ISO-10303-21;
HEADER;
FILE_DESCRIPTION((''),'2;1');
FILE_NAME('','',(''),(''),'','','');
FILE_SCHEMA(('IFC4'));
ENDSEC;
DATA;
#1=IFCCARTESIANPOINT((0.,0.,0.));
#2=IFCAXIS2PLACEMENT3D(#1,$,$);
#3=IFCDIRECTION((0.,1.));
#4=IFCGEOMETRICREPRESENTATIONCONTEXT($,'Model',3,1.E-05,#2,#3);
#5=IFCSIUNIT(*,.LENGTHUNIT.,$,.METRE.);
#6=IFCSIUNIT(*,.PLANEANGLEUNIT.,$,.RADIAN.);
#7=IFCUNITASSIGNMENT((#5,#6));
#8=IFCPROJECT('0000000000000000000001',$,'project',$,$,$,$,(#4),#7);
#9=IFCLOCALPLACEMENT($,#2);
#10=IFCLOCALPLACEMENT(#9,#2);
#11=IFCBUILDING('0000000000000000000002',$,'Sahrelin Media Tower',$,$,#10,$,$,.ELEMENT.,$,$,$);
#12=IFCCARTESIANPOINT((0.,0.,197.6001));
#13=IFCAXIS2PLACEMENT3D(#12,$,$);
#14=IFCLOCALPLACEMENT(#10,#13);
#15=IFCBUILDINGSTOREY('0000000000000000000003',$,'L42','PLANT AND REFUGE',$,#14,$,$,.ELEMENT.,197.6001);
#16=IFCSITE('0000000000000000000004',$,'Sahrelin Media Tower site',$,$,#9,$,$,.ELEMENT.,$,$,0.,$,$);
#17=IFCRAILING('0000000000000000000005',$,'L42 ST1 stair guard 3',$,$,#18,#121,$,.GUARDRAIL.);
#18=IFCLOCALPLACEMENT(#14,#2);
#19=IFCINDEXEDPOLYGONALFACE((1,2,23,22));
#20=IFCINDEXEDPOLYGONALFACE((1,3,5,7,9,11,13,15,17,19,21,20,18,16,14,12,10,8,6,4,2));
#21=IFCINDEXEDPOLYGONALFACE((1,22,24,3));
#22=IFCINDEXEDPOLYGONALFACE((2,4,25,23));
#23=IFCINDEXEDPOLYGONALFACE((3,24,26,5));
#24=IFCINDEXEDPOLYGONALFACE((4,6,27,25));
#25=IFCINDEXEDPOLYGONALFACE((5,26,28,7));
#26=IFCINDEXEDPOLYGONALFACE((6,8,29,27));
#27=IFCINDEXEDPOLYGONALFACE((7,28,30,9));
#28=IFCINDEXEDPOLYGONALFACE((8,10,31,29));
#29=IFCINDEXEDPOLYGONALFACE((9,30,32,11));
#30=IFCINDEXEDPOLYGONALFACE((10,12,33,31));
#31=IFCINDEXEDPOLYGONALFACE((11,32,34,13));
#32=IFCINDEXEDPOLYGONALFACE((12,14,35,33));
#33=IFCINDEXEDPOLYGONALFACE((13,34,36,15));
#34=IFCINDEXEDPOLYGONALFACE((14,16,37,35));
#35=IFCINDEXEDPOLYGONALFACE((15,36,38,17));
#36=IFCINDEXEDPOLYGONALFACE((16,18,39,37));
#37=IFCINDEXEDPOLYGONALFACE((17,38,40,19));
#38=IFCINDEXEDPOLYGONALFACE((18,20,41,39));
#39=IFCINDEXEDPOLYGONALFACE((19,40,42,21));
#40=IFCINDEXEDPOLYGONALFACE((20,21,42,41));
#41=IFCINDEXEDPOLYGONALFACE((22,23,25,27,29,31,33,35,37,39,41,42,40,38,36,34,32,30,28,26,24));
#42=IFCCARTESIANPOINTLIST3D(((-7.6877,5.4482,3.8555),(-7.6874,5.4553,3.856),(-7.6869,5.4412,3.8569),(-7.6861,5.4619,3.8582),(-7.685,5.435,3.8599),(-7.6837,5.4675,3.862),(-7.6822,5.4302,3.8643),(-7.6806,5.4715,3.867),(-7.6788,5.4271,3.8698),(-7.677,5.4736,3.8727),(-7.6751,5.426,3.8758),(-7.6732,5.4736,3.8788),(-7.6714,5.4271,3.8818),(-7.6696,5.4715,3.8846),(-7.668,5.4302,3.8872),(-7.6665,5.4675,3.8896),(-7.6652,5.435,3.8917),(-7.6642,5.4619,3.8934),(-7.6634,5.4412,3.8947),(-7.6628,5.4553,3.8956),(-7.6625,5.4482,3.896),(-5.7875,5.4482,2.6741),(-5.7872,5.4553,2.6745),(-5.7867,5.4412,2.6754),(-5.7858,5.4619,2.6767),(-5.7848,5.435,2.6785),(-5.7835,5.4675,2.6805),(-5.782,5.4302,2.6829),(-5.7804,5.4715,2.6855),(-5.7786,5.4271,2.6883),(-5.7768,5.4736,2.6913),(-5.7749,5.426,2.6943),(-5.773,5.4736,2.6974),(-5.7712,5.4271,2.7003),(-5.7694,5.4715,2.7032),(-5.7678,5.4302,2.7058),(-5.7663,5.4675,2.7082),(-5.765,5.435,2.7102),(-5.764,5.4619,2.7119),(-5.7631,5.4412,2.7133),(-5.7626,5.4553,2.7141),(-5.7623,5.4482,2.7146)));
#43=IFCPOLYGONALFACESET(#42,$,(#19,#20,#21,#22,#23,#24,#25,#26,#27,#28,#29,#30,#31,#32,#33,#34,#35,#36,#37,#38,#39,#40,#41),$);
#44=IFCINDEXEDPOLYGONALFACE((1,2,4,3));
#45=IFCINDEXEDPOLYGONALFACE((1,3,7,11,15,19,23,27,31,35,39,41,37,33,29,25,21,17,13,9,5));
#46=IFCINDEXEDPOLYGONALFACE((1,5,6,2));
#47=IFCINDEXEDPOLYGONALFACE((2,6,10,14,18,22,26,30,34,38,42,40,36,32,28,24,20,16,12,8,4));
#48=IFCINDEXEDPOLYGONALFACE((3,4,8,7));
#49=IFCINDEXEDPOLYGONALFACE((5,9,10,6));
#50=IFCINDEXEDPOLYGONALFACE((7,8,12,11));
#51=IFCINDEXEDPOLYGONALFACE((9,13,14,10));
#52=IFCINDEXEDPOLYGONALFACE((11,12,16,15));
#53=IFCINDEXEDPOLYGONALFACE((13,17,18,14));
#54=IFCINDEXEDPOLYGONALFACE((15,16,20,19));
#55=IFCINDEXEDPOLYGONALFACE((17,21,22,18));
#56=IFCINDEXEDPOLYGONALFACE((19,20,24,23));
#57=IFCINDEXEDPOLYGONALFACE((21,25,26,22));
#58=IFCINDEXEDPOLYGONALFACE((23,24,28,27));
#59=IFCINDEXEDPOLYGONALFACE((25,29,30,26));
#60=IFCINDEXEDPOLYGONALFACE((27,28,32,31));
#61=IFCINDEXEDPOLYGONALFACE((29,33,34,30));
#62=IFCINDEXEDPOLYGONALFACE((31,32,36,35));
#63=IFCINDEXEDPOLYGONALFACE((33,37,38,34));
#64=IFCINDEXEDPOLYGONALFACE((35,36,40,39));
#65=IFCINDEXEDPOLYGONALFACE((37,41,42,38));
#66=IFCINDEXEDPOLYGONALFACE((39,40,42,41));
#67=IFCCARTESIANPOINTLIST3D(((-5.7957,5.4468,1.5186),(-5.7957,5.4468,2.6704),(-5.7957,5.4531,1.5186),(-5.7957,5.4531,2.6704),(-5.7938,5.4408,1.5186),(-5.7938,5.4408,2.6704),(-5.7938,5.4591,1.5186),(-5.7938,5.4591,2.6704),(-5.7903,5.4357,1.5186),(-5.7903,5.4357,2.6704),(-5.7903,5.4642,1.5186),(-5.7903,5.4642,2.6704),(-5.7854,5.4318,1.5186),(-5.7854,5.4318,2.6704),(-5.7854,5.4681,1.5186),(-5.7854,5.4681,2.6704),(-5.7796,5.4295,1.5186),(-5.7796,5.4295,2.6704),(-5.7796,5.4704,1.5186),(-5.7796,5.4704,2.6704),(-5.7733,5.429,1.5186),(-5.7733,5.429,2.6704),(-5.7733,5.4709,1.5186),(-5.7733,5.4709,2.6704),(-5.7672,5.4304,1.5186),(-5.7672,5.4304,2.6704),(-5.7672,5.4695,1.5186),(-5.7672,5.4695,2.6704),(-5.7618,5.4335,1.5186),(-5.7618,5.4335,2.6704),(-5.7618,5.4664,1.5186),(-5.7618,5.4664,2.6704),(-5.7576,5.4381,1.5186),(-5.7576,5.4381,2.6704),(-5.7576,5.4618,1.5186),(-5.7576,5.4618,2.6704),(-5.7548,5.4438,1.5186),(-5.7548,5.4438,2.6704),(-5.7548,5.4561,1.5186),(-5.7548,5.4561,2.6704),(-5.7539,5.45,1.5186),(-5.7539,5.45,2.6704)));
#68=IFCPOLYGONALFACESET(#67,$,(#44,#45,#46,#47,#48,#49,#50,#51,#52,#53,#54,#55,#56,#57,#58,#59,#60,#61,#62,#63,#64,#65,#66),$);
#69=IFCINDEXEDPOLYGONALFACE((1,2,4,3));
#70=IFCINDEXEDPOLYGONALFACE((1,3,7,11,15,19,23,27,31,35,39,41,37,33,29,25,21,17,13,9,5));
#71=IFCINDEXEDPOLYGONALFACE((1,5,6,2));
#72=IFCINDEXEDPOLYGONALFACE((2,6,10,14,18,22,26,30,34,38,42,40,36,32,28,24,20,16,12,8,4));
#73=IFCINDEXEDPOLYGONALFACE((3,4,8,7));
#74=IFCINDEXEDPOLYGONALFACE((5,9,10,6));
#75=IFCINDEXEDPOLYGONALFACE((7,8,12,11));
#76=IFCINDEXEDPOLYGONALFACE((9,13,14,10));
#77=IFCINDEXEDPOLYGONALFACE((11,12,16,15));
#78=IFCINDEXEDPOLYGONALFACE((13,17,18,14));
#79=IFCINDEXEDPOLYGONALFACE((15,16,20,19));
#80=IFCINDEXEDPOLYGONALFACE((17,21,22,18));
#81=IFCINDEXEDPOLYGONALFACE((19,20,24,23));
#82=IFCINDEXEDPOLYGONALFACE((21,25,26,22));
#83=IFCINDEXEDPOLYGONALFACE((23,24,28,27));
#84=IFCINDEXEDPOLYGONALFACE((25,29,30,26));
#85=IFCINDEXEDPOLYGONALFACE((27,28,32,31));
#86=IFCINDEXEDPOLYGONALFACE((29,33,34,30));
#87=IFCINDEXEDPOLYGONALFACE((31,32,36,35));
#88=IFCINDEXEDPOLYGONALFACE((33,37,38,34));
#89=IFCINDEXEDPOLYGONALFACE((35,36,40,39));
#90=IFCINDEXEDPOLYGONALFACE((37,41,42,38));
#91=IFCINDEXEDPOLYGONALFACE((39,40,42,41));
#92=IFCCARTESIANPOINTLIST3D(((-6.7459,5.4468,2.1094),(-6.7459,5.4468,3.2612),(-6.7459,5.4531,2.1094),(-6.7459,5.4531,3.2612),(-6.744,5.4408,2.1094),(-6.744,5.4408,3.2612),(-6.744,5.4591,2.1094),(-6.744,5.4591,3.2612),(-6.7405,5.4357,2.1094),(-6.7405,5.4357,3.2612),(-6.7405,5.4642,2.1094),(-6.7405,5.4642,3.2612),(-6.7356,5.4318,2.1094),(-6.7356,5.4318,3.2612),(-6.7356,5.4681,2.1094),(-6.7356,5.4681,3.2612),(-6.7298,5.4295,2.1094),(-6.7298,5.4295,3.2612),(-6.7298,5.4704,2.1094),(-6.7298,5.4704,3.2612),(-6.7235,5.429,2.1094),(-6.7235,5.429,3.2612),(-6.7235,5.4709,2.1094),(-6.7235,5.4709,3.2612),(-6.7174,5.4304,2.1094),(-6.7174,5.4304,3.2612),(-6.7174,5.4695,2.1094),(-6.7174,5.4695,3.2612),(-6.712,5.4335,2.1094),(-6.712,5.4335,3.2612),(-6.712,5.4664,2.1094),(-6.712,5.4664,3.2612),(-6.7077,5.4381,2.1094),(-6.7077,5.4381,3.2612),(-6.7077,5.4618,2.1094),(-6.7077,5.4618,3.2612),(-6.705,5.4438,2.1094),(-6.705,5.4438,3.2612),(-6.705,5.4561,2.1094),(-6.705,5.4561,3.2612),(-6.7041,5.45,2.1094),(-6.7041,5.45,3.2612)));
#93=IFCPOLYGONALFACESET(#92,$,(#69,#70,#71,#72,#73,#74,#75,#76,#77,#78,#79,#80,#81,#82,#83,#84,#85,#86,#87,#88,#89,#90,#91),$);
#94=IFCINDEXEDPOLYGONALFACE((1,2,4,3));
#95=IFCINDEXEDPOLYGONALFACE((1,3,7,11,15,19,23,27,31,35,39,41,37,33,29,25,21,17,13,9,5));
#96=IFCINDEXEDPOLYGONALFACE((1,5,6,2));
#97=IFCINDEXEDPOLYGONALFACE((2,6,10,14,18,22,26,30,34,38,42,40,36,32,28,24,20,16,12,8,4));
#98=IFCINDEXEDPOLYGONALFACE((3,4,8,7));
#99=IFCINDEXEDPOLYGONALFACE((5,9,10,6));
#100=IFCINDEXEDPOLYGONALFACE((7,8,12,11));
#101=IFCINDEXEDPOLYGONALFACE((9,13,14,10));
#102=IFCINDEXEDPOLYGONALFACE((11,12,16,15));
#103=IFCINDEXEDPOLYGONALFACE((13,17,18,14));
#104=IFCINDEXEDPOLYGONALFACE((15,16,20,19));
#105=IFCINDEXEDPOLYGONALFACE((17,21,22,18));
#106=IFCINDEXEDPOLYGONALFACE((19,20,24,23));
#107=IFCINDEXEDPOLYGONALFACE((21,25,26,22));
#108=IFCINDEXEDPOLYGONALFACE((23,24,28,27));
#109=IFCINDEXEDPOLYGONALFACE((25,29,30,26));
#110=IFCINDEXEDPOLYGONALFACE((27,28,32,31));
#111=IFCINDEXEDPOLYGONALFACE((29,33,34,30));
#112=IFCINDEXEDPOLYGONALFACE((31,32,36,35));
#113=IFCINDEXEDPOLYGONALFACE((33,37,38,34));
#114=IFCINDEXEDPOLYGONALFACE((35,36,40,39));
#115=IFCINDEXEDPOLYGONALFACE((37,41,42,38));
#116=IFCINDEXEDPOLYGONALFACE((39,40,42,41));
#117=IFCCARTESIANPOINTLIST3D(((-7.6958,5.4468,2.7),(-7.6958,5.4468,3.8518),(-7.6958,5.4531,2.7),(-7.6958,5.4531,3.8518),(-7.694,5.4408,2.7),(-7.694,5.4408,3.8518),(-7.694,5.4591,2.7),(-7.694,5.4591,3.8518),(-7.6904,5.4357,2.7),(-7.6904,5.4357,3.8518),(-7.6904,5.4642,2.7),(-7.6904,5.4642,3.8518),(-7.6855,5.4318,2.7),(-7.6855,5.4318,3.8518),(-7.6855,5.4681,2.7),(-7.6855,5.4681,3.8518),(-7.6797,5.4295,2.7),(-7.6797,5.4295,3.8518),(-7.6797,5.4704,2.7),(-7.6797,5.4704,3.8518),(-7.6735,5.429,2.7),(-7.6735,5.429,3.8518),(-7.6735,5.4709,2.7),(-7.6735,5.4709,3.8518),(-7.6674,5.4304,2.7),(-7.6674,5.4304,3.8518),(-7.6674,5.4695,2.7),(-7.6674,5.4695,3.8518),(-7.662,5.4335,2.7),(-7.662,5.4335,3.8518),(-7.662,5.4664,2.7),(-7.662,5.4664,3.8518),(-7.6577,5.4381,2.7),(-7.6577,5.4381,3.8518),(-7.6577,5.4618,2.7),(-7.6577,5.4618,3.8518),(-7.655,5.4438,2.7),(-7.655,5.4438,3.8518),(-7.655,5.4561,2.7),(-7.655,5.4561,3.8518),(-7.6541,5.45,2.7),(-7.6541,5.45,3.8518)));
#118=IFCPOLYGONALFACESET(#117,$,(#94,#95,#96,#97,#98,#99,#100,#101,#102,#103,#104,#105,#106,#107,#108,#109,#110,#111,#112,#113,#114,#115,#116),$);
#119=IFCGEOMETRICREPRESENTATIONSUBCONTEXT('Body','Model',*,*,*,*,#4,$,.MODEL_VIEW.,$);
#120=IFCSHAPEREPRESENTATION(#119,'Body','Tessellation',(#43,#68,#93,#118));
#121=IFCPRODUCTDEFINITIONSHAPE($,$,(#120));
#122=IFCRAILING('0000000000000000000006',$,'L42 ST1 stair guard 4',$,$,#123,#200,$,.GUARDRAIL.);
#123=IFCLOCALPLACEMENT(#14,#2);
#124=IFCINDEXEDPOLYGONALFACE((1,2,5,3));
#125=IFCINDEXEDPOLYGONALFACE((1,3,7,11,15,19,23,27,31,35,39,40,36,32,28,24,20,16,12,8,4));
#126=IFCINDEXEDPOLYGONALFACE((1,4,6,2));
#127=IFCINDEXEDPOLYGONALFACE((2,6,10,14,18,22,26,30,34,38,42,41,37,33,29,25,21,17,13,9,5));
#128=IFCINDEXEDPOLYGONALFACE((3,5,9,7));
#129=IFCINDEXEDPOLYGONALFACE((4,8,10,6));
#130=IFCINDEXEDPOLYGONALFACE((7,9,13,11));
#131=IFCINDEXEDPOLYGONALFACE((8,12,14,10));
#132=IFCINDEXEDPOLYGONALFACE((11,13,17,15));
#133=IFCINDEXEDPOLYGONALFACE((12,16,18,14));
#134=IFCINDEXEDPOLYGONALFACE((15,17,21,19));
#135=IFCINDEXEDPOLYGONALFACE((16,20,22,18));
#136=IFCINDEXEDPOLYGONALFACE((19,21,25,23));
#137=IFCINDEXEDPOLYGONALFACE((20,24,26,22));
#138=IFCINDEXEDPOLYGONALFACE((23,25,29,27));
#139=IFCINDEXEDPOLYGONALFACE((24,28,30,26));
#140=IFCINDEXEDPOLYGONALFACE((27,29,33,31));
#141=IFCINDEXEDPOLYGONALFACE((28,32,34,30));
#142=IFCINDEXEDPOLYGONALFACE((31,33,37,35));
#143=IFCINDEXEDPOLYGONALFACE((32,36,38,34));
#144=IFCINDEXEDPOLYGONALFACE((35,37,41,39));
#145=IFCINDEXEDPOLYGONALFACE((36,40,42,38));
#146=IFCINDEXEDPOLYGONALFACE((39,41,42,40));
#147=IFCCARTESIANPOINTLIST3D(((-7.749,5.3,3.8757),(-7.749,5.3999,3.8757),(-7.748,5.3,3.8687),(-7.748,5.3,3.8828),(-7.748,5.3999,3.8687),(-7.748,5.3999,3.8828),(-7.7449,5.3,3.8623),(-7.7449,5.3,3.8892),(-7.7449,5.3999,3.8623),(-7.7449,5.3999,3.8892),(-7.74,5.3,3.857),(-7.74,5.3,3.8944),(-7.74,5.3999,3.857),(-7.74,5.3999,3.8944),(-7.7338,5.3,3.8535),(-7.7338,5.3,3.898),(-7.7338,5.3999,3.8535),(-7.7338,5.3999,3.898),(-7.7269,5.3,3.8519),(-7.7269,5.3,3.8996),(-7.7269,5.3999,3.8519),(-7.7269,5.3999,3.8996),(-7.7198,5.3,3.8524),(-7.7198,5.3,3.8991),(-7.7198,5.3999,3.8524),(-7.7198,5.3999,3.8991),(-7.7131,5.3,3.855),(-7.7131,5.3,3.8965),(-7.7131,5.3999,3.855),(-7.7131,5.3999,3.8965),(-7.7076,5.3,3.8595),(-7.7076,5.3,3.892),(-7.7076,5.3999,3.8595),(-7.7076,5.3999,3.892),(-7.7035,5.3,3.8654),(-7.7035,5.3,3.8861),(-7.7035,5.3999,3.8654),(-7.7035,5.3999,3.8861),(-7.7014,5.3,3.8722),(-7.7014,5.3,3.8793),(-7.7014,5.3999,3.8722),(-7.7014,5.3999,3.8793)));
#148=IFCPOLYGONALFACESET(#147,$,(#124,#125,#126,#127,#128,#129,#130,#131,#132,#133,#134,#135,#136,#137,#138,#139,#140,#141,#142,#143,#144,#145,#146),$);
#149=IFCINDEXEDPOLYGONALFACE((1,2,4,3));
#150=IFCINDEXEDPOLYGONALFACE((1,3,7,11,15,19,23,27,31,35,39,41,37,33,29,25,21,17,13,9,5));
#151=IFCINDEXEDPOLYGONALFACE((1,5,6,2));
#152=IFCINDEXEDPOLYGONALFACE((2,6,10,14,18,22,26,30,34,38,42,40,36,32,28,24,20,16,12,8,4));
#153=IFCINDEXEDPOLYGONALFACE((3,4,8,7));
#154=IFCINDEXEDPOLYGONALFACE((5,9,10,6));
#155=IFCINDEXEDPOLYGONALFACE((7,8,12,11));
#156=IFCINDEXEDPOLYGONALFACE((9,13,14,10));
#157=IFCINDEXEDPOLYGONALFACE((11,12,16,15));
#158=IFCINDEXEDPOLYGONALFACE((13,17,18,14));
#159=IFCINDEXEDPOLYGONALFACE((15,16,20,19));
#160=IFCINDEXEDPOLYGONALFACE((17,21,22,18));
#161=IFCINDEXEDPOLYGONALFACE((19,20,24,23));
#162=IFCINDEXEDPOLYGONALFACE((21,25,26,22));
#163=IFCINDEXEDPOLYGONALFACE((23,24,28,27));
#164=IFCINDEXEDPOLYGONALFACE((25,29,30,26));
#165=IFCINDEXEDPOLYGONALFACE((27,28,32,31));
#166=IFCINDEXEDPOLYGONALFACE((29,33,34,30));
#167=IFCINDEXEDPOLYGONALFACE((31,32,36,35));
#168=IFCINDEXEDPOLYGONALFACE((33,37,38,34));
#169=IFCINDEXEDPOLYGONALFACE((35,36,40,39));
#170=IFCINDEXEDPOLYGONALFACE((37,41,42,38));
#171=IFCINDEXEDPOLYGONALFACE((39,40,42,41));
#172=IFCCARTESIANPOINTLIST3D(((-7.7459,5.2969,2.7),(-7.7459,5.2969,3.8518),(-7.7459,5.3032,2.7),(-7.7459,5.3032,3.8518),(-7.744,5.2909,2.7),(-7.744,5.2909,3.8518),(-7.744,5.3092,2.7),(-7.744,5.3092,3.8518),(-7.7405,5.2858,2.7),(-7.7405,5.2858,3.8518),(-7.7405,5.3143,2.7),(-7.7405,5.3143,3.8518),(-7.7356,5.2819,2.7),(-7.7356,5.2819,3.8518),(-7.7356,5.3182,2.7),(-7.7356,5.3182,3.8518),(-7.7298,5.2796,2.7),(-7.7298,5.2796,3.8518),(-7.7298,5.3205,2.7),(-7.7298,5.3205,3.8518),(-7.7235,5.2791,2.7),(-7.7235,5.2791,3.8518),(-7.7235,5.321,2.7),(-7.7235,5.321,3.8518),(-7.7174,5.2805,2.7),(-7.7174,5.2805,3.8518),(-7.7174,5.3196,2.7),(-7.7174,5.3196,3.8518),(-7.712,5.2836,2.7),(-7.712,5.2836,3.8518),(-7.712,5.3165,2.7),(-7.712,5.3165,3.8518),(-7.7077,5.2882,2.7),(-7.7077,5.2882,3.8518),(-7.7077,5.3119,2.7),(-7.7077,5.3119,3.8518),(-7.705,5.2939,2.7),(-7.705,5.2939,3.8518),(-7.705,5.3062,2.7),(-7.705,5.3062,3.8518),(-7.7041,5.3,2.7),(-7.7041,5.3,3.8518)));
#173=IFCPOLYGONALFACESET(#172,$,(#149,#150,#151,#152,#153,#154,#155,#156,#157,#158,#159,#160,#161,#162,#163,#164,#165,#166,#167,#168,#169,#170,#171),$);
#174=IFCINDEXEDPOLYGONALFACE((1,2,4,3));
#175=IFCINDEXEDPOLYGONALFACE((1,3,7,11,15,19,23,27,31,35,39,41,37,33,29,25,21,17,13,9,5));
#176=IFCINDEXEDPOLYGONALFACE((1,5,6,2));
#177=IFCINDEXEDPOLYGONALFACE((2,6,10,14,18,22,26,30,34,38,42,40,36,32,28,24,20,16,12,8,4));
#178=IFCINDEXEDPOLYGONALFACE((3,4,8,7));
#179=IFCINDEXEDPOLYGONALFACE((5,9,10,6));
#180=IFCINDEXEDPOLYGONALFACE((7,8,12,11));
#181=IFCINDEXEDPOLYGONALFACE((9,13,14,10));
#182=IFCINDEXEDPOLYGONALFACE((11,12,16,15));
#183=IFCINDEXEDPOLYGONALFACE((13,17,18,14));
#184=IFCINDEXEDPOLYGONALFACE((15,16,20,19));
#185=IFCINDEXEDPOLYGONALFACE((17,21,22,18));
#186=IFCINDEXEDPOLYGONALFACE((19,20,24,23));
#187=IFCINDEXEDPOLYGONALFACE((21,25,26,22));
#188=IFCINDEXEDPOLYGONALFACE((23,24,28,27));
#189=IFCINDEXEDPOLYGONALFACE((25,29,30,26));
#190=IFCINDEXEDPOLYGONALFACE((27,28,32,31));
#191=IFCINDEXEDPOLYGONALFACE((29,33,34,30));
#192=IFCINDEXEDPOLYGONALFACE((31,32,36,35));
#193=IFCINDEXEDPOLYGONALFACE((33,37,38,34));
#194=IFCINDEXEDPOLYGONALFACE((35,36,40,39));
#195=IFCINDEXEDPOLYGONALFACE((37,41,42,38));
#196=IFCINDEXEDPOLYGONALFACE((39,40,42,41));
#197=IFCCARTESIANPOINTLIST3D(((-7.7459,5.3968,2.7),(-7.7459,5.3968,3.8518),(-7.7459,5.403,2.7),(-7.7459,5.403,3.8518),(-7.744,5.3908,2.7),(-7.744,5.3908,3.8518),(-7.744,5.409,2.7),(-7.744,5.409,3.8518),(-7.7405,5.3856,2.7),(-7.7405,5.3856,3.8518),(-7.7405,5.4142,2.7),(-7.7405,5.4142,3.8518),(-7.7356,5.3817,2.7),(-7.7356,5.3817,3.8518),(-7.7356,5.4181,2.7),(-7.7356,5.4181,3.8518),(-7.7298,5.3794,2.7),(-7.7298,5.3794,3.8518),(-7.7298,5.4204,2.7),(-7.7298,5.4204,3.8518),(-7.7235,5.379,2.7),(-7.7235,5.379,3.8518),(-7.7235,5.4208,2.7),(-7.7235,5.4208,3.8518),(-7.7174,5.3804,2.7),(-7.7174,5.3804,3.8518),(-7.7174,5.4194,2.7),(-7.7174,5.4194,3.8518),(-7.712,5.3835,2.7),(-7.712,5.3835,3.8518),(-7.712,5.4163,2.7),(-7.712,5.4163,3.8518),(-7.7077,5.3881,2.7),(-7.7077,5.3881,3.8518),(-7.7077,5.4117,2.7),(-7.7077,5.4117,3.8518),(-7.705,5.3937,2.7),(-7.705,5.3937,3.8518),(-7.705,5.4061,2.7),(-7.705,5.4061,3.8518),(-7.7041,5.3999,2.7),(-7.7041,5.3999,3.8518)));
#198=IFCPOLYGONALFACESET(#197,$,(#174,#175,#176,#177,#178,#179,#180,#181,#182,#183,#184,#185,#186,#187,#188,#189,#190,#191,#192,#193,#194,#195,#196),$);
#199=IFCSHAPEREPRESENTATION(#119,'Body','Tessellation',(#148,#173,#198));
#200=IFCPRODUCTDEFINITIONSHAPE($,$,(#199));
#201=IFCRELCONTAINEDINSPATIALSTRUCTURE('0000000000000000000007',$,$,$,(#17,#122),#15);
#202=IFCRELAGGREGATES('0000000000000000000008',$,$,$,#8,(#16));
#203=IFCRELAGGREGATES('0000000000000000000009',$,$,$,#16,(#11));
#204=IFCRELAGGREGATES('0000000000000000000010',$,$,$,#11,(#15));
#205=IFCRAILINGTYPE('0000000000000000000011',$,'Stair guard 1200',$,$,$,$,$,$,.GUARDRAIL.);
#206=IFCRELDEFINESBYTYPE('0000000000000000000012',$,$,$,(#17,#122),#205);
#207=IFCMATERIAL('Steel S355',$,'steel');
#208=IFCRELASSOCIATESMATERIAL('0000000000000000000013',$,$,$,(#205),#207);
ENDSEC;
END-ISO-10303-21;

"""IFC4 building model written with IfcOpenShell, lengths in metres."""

from ifc_helpers import new_model, si_unit, direction, frame, origin, origin_2d, place, context, subcontext, project, spatial, circle, extrude, material, type_object, element, save


model = new_model("IFC4")

# Units and contexts
model_context = context("Model", 3, precision=1e-05, world=origin(), true_north=direction((0.0, 1.0)))
body_context = subcontext(model_context, "Body", "Model", "MODEL_VIEW")
ifc_project = project(units=[si_unit("LENGTHUNIT", "METRE"), si_unit("PLANEANGLEUNIT", "RADIAN")], contexts=[model_context])

# Site, building, storey
site_placement = place(None, origin())
site = spatial("IfcSite", under=ifc_project, at=site_placement, Name="Sahrelin Media Tower site", CompositionType="ELEMENT", RefElevation=0.0)
building_placement = place(site_placement, origin())
building = spatial("IfcBuilding", under=site, at=building_placement, Name="Sahrelin Media Tower", CompositionType="ELEMENT")
storey_placement = place(building_placement, frame((0.0, 0.0, 197.6001)))
storey = spatial("IfcBuildingStorey", under=building, at=storey_placement, Name="L42", Description="PLANT AND REFUGE", CompositionType="ELEMENT", Elevation=197.6001)

# Shared definitions
ifc_material_1 = material(Name="Steel S355", Category="steel")

# Railings
railing_type_1 = type_object("IfcRailingType", Name="Stair guard 1200", PredefinedType="GUARDRAIL", material=ifc_material_1)
railing_1_placement = place(storey_placement, frame((-5.7749, 5.45, 1.5186)))
element("IfcRailing", 1, at=railing_1_placement, inside=storey, type_object=railing_type_1, Name="L42 ST1 stair guard 3", PredefinedType="GUARDRAIL", context=body_context, shape_type="SweptSolid", body=[
    extrude(circle(Radius=0.0239, at=origin_2d()), frame((0.0, 0.0, 1.1758), z_axis=(-0.84924, 0.0, 0.528006), x_axis=(0.0, -1.0, 0.0)), (0.0, 0.0, 1.0), 2.2375),
    extrude(circle(Radius=0.021, at=origin_2d()), origin(), (0.0, 0.0, 1.0), 1.1519),
    extrude(circle(Radius=0.021, at=origin_2d()), frame((-0.9502, 0.0, 0.5908)), (0.0, 0.0, 1.0), 1.1519),
    extrude(circle(Radius=0.021, at=origin_2d()), frame((-1.9001, 0.0, 1.1814)), (0.0, 0.0, 1.0), 1.1519),
])
railing_2_placement = place(storey_placement, frame((-7.7251, 5.3, 2.7)))
element("IfcRailing", 2, at=railing_2_placement, inside=storey, type_object=railing_type_1, Name="L42 ST1 stair guard 4", PredefinedType="GUARDRAIL", context=body_context, shape_type="SweptSolid", body=[
    extrude(circle(Radius=0.0239, at=origin_2d()), frame((0.0, 0.0, 1.1758), z_axis=(0.0, 1.0, 0.0), x_axis=(-1.0, 0.0, 0.0)), (0.0, 0.0, 1.0), 0.0999),
    extrude(circle(Radius=0.021, at=origin_2d()), origin(), (0.0, 0.0, 1.0), 1.1519),
    extrude(circle(Radius=0.021, at=origin_2d()), frame((0.0, 0.0999, 0.0)), (0.0, 0.0, 1.0), 1.1519),
])

save(model, "model.ifc")
